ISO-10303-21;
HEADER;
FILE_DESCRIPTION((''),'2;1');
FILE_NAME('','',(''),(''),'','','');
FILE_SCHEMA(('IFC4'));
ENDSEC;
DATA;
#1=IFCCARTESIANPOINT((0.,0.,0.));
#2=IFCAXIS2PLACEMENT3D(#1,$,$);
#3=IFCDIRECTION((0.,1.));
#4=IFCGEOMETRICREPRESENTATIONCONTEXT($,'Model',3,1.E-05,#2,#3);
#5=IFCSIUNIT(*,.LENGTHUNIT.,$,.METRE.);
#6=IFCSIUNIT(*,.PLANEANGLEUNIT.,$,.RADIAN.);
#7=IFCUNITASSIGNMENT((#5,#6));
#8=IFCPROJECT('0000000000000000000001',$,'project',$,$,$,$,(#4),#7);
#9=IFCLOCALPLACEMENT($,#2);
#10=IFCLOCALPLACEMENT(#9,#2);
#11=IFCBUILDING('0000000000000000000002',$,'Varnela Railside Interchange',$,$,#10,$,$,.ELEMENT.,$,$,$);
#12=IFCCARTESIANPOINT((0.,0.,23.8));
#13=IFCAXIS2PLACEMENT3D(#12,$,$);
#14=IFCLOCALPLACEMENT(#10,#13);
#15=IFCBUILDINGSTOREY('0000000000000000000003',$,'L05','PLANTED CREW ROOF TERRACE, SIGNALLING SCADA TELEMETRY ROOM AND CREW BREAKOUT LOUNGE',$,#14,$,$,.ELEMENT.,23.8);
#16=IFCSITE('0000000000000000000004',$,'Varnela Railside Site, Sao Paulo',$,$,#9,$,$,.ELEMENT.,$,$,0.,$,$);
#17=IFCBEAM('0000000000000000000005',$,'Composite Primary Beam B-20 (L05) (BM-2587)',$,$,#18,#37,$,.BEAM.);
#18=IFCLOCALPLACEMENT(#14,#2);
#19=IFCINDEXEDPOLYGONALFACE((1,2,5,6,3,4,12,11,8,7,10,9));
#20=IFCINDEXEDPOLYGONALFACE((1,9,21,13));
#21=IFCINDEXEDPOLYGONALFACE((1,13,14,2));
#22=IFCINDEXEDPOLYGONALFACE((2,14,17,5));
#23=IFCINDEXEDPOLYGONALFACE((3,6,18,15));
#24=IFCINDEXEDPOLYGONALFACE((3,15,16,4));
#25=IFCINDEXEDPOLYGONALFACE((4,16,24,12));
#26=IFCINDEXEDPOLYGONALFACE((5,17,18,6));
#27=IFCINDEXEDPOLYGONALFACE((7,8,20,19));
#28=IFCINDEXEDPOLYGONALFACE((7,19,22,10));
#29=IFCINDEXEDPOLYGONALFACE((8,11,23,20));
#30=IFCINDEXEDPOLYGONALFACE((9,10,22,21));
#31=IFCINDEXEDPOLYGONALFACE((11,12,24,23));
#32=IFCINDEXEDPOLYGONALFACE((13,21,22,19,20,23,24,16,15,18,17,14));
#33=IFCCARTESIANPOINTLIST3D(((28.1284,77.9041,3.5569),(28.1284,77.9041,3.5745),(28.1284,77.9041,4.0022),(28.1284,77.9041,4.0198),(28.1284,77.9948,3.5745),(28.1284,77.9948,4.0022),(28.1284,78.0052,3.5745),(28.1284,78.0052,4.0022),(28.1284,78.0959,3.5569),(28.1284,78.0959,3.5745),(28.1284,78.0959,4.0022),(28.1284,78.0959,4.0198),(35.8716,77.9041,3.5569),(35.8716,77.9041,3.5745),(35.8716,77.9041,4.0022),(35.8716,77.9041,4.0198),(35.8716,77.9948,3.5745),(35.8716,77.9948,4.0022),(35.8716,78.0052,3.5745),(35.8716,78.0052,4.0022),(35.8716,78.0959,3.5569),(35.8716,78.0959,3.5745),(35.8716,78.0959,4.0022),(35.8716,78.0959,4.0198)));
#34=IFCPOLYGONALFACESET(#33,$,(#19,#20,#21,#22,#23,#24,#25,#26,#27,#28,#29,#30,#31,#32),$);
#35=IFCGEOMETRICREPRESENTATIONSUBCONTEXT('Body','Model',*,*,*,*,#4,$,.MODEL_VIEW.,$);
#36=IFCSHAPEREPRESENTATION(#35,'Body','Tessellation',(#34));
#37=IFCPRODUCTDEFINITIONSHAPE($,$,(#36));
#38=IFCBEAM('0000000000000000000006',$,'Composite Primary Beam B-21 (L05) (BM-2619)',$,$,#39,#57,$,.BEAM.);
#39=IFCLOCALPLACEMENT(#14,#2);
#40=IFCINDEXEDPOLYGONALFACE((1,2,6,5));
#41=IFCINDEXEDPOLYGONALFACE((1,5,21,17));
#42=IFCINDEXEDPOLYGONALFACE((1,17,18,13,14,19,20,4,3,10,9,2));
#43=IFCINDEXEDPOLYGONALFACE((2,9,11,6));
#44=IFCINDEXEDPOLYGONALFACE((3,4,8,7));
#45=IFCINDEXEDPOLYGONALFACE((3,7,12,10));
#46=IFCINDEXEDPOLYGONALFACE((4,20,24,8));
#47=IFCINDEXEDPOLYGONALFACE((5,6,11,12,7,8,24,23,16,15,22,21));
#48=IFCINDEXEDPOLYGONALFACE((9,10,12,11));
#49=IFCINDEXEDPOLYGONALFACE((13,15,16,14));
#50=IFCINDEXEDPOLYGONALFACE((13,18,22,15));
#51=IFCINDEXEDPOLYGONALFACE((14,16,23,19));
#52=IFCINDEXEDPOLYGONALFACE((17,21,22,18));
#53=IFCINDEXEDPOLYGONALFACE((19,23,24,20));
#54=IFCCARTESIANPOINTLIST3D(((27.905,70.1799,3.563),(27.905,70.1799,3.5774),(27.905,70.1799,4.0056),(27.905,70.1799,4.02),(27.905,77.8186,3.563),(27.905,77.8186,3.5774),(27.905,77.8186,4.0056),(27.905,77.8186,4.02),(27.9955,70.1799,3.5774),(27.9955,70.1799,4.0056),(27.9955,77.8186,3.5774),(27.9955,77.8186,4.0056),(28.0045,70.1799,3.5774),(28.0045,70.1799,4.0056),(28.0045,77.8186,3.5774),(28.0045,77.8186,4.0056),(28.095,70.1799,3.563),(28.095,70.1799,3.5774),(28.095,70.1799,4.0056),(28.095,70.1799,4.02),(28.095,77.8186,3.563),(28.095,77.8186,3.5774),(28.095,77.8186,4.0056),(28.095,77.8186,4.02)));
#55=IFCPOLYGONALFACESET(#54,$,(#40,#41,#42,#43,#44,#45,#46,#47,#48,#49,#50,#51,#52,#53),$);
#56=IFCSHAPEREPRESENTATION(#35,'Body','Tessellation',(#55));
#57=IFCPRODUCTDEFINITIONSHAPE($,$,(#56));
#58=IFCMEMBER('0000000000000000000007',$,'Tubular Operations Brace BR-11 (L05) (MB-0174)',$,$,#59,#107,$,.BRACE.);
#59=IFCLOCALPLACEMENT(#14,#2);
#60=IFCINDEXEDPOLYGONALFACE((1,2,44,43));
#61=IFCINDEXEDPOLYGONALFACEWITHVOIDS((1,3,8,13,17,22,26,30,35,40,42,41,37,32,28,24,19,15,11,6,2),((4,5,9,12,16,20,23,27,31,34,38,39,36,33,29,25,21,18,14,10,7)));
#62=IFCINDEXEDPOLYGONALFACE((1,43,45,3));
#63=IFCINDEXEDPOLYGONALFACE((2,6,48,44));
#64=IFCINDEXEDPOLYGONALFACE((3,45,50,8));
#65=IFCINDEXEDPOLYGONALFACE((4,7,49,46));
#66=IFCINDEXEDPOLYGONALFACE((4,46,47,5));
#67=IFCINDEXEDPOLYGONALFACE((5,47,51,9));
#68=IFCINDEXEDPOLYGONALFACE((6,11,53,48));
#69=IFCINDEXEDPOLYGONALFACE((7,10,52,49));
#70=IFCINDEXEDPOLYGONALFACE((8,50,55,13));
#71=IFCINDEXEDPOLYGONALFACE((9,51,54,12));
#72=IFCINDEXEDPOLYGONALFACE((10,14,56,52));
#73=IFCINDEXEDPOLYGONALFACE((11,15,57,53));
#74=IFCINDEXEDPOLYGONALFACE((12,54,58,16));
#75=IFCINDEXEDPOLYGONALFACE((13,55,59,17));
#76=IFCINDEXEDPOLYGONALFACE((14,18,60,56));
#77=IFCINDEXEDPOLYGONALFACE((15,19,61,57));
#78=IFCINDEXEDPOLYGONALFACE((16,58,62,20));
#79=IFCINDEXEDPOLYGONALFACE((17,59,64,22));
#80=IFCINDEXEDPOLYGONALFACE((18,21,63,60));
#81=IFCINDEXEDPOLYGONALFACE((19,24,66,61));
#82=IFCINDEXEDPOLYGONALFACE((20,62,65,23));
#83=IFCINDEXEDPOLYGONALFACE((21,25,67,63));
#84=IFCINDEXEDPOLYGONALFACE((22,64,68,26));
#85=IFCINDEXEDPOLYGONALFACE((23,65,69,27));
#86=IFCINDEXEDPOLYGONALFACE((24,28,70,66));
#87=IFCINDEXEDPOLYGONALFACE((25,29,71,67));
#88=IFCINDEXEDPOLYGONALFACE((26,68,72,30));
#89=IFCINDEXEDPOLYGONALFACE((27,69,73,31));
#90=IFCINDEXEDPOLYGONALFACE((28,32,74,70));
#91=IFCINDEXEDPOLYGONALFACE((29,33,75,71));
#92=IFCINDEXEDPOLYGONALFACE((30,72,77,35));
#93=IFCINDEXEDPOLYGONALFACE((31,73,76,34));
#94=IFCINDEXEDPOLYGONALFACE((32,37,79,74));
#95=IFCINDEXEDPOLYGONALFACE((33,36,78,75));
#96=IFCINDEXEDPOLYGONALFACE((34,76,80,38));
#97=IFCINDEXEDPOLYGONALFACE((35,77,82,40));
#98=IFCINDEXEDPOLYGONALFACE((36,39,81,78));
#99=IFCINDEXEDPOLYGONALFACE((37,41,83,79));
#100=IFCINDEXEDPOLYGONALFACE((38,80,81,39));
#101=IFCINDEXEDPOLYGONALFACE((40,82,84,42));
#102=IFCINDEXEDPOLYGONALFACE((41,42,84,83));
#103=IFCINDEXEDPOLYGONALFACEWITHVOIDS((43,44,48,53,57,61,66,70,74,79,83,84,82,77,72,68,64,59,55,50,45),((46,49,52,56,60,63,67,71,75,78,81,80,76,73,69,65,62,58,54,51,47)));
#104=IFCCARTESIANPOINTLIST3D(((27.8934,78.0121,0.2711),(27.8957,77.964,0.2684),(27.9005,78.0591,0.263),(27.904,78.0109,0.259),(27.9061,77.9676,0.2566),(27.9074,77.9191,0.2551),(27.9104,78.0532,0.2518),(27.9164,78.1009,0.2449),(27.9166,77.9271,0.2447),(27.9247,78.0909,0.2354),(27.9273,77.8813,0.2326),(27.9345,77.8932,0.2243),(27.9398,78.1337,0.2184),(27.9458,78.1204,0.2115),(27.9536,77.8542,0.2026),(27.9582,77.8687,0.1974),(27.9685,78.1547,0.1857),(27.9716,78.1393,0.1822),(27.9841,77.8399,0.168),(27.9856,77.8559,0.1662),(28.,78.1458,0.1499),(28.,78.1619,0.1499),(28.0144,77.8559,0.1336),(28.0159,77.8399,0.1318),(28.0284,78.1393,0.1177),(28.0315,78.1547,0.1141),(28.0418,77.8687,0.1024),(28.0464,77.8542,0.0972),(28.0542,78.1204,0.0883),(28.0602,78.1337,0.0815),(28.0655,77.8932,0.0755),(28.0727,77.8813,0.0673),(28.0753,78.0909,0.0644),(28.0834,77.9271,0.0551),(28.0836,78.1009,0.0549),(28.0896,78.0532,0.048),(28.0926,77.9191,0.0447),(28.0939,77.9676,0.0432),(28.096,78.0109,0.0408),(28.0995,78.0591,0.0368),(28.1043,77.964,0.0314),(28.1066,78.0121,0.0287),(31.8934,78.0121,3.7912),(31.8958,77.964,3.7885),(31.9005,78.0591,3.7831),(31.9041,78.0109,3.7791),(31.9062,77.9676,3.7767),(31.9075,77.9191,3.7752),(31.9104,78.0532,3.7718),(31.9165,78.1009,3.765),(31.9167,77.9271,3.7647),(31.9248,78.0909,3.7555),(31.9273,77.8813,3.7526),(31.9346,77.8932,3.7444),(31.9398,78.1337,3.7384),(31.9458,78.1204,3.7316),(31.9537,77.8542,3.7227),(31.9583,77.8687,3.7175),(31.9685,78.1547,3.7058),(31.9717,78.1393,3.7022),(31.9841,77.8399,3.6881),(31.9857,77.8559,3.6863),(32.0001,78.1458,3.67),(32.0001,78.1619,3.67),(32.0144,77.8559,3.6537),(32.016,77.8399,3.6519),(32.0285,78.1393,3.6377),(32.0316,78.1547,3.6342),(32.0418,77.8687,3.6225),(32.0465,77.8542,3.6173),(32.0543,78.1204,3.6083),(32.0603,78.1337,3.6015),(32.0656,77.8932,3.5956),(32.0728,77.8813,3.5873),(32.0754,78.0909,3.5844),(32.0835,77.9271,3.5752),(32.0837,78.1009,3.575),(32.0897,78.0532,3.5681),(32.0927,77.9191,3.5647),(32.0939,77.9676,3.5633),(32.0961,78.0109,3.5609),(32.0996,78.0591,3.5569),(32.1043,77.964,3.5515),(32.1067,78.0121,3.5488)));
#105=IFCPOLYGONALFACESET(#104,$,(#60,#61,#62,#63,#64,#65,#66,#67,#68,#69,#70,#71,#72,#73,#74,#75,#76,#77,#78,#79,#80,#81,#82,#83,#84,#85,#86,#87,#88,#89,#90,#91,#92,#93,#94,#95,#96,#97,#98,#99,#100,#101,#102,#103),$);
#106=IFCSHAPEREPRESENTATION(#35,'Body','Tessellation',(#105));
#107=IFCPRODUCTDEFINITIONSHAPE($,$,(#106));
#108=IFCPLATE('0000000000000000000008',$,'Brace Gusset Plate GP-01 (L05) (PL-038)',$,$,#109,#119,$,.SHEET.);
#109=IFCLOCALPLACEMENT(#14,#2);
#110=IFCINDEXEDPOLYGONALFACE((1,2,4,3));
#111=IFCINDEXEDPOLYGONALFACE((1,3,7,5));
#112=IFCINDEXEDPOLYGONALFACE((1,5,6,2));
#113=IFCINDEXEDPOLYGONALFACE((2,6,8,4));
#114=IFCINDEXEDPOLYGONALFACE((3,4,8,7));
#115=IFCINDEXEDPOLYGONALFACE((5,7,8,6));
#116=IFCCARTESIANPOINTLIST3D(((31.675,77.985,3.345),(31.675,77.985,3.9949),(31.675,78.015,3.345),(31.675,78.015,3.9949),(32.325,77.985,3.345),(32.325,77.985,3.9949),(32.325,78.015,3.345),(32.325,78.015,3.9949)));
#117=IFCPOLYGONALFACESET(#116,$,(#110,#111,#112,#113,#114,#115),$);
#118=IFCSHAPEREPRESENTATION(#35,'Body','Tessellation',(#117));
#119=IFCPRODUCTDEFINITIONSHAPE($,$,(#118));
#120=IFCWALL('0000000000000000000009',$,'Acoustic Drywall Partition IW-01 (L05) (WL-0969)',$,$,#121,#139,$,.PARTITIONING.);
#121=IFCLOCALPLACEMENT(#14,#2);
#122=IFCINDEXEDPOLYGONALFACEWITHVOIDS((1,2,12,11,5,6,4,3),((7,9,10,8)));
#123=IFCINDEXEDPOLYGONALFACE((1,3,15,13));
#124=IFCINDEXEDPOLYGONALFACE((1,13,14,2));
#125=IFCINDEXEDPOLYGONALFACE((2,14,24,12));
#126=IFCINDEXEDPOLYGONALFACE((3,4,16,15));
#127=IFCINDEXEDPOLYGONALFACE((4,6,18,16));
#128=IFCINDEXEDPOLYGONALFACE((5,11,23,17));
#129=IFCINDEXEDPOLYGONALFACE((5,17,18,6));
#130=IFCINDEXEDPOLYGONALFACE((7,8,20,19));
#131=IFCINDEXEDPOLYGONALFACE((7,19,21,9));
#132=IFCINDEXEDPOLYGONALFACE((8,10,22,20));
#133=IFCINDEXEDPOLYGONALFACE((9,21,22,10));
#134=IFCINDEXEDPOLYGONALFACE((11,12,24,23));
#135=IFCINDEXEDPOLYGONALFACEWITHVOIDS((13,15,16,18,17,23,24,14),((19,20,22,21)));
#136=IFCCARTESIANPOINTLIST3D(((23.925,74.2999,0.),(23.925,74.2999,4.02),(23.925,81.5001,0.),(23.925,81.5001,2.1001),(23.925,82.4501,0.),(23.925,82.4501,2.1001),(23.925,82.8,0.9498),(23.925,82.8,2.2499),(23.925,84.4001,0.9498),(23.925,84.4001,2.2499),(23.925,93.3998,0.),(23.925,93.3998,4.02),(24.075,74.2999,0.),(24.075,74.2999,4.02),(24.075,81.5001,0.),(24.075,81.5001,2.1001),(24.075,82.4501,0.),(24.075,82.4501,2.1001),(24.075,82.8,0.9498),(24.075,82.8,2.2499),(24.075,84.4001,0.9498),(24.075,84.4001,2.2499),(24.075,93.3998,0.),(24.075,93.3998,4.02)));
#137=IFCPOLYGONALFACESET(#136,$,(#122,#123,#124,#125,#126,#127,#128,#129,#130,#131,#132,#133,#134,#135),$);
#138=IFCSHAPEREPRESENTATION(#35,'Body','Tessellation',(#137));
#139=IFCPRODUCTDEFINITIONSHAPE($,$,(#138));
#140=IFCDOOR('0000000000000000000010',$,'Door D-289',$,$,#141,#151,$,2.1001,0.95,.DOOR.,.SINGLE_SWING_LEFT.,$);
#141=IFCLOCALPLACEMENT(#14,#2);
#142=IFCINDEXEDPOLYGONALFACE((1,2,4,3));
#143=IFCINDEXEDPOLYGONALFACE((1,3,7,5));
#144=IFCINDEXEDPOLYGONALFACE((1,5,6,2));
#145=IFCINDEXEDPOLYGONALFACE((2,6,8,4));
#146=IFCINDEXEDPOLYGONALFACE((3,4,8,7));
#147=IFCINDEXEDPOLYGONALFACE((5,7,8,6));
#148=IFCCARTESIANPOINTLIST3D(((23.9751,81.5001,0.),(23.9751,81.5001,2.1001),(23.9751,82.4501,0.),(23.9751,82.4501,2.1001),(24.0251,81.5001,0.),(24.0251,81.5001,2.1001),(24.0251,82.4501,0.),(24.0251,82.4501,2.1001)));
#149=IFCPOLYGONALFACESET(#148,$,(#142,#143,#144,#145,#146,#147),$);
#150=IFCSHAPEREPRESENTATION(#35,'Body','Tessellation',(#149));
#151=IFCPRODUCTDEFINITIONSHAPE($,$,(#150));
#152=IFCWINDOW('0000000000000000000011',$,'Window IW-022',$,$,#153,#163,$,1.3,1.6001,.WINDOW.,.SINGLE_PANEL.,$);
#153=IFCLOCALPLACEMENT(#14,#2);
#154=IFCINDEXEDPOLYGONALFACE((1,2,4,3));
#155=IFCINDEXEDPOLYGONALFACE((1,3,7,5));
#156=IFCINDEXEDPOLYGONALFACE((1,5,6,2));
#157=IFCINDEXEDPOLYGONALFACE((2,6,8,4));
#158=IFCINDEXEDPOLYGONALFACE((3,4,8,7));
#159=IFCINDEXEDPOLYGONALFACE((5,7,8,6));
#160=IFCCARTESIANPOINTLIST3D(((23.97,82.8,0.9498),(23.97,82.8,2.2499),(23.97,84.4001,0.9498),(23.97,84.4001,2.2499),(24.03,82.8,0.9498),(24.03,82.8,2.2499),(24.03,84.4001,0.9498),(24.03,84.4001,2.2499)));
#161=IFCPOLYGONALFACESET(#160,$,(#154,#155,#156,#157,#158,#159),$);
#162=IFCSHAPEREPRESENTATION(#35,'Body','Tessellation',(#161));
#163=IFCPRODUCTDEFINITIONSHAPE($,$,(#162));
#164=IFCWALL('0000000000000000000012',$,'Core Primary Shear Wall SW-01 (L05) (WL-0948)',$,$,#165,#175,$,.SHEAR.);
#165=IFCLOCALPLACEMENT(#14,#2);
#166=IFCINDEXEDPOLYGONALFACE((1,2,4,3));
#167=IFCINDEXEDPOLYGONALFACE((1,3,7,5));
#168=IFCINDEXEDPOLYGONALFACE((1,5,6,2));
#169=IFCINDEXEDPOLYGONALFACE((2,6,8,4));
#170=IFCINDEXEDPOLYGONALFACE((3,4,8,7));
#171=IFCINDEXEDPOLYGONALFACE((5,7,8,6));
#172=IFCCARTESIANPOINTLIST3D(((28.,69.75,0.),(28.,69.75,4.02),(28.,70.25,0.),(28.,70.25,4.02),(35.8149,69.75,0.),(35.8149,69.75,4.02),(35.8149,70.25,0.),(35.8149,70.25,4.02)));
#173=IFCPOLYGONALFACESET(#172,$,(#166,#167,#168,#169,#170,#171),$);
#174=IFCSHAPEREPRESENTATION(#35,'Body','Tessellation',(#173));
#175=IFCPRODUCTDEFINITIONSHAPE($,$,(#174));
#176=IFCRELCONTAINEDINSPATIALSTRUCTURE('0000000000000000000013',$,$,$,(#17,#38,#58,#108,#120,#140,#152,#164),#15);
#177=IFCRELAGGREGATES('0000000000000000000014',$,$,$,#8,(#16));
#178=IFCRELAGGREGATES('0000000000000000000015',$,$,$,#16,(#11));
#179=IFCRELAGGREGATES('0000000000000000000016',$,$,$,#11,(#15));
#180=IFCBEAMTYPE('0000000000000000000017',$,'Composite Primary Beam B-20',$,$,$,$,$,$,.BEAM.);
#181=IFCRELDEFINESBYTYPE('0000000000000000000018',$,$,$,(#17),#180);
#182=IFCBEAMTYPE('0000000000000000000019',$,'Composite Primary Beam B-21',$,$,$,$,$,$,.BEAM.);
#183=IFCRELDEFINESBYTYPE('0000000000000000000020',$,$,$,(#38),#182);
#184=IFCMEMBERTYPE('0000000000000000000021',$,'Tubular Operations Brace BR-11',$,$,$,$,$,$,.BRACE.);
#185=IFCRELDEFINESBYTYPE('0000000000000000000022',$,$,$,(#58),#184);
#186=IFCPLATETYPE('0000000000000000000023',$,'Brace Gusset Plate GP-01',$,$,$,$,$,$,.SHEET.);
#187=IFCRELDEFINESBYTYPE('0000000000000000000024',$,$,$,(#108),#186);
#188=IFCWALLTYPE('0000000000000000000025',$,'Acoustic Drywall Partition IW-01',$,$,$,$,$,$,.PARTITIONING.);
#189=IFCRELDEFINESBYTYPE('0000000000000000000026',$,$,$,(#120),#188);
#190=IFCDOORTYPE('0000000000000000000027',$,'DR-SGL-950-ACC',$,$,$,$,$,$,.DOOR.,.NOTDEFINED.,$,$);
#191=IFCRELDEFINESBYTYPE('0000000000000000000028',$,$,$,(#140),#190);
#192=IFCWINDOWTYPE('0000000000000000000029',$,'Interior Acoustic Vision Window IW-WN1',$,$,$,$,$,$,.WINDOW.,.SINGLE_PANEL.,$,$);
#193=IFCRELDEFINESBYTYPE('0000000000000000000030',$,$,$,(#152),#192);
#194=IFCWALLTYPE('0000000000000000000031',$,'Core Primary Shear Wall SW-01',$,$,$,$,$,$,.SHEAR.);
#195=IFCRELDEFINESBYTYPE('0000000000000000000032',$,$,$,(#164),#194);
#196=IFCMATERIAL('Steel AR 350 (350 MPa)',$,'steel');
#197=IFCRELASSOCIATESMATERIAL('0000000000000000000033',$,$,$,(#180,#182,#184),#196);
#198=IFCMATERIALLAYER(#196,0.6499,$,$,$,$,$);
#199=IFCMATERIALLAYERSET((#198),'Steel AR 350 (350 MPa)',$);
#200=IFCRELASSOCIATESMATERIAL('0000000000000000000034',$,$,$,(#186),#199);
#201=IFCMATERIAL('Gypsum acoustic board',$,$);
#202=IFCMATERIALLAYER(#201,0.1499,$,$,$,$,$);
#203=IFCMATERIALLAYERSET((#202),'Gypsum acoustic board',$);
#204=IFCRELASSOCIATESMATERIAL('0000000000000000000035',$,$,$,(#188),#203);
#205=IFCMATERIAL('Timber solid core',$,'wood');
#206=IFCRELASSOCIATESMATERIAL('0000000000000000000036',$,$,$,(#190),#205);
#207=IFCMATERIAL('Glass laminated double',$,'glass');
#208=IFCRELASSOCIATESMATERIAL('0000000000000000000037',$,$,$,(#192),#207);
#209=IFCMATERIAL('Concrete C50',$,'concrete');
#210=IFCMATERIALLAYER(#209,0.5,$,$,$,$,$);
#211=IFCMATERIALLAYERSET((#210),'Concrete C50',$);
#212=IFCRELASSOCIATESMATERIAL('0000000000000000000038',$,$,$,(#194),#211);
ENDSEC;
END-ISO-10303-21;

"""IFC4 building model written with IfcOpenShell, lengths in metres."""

from ifc_helpers import new_model, si_unit, direction, frame, frame_2d, origin, origin_2d, place, context, subcontext, project, spatial, rectangle, hollow_circle, i_section, extrude, material, layer, layer_set, material_profile, profile_set, type_object, element, fill, save


model = new_model("IFC4")

# Units and contexts
model_context = context("Model", 3, precision=1e-05, world=origin(), true_north=direction((0.0, 1.0)))
body_context = subcontext(model_context, "Body", "Model", "MODEL_VIEW")
ifc_project = project(units=[si_unit("LENGTHUNIT", "METRE"), si_unit("PLANEANGLEUNIT", "RADIAN")], contexts=[model_context])

# Site, building, storey
site_placement = place(None, origin())
site = spatial("IfcSite", under=ifc_project, at=site_placement, Name="Varnela Railside Site, Sao Paulo", CompositionType="ELEMENT", RefElevation=0.0)
building_placement = place(site_placement, origin())
building = spatial("IfcBuilding", under=site, at=building_placement, Name="Varnela Railside Interchange", CompositionType="ELEMENT")
storey_placement = place(building_placement, frame((0.0, 0.0, 23.8)))
storey = spatial("IfcBuildingStorey", under=building, at=storey_placement, Name="L05", Description="PLANTED CREW ROOF TERRACE, SIGNALLING SCADA TELEMETRY ROOM AND CREW BREAKOUT LOUNGE", CompositionType="ELEMENT", Elevation=23.8)

# Shared definitions
ifc_material_1 = material(Name="Steel AR 350 (350 MPa)", Category="steel")

# Beams
ifc_material_profile_1 = material_profile(ifc_material_1, i_section(OverallWidth=0.1919, OverallDepth=0.4629, WebThickness=0.0105, FlangeThickness=0.0176, at=origin_2d()), Name="W460x89")
ifc_profile_set_1 = profile_set([ifc_material_profile_1], Name="Steel AR 350 (350 MPa)")
beam_type_1 = type_object("IfcBeamType", Name="Composite Primary Beam B-20", PredefinedType="BEAM", material=ifc_profile_set_1)
beam_1_placement = place(storey_placement, frame((28.1284, 78.0, 3.7883), z_axis=(1.0, 0.0, 0.0), x_axis=(0.0, 1.0, 0.0)))
element("IfcBeam", 1, at=beam_1_placement, inside=storey, type_object=beam_type_1, Name="Composite Primary Beam B-20 (L05) (BM-2587)", PredefinedType="BEAM", context=body_context, shape_type="SweptSolid", body=[
    extrude(i_section(OverallWidth=0.1919, OverallDepth=0.4629, WebThickness=0.0105, FlangeThickness=0.0176, at=origin_2d()), origin(), (0.0, 0.0, 1.0), 7.7432),
])
ifc_material_profile_2 = material_profile(ifc_material_1, i_section(OverallWidth=0.1899, OverallDepth=0.457, WebThickness=0.009, FlangeThickness=0.0144, at=origin_2d()), Name="W460x74")
ifc_profile_set_2 = profile_set([ifc_material_profile_2], Name="Steel AR 350 (350 MPa)")
beam_type_2 = type_object("IfcBeamType", Name="Composite Primary Beam B-21", PredefinedType="BEAM", material=ifc_profile_set_2)
beam_2_placement = place(storey_placement, frame((28.0, 70.1799, 3.7915), z_axis=(0.0, 1.0, 0.0), x_axis=(-1.0, 0.0, 0.0)))
element("IfcBeam", 2, at=beam_2_placement, inside=storey, type_object=beam_type_2, Name="Composite Primary Beam B-21 (L05) (BM-2619)", PredefinedType="BEAM", context=body_context, shape_type="SweptSolid", body=[
    extrude(i_section(OverallWidth=0.1899, OverallDepth=0.457, WebThickness=0.009, FlangeThickness=0.0144, at=origin_2d()), origin(), (0.0, 0.0, 1.0), 7.6387),
])

# Member
ifc_material_profile_3 = material_profile(ifc_material_1, hollow_circle(Radius=0.1619, WallThickness=0.0161, at=origin_2d()), Name="CHS 323.9x16")
ifc_profile_set_3 = profile_set([ifc_material_profile_3], Name="Steel AR 350 (350 MPa)")
member_type = type_object("IfcMemberType", Name="Tubular Operations Brace BR-11", PredefinedType="BRACE", material=ifc_profile_set_3)
member_placement = place(storey_placement, frame((28.0, 78.0, 0.1499), z_axis=(0.750712, 0.0, 0.66063), x_axis=(0.0, 1.0, 0.0)))
element("IfcMember", 3, at=member_placement, inside=storey, type_object=member_type, Name="Tubular Operations Brace BR-11 (L05) (MB-0174)", PredefinedType="BRACE", context=body_context, shape_type="SweptSolid", body=[
    extrude(hollow_circle(Radius=0.1619, WallThickness=0.0161, at=origin_2d()), origin(), (0.0, 0.0, 1.0), 5.3284),
])

# Plate
ifc_layer_1 = layer(ifc_material_1, 0.6499)
ifc_layer_set_1 = layer_set([ifc_layer_1], Name="Steel AR 350 (350 MPa)")
plate_type = type_object("IfcPlateType", Name="Brace Gusset Plate GP-01", PredefinedType="SHEET", material=ifc_layer_set_1)
plate_placement = place(storey_placement, frame((32.0, 78.0, 3.345), z_axis=(0.0, 0.0, 1.0), x_axis=(1.0, 0.0, 0.0)))
element("IfcPlate", 4, at=plate_placement, inside=storey, type_object=plate_type, Name="Brace Gusset Plate GP-01 (L05) (PL-038)", PredefinedType="SHEET", context=body_context, shape_type="SweptSolid", body=[
    extrude(rectangle(XDim=0.6499, YDim=0.03, at=origin_2d()), origin(), (0.0, 0.0, 1.0), 0.6499),
])

# Wall, openings, door, window
ifc_material_2 = material(Name="Gypsum acoustic board")
ifc_layer_2 = layer(ifc_material_2, 0.1499)
ifc_layer_set_2 = layer_set([ifc_layer_2], Name="Gypsum acoustic board")
wall_type_1 = type_object("IfcWallType", Name="Acoustic Drywall Partition IW-01", PredefinedType="PARTITIONING", material=ifc_layer_set_2)
wall_1_placement = place(storey_placement, frame((24.0, 74.3, 0.0), z_axis=(0.0, 0.0, 1.0), x_axis=(0.0, 1.0, 0.0)))
wall_1 = element("IfcWall", 5, at=wall_1_placement, inside=storey, type_object=wall_type_1, Name="Acoustic Drywall Partition IW-01 (L05) (WL-0969)", PredefinedType="PARTITIONING", context=body_context, shape_type="SweptSolid", body=[
    extrude(rectangle(XDim=19.0999, YDim=0.1499, at=frame_2d((9.5498, 0.0))), origin(), (0.0, 0.0, 1.0), 4.02),
])
opening_1_placement = place(wall_1_placement, frame((7.2, 0.0, 0.0)))
opening_1 = element("IfcOpeningElement", 6, at=opening_1_placement, cuts=wall_1, PredefinedType="OPENING", context=body_context, shape_type="SweptSolid", body=[
    extrude(rectangle(XDim=0.95, YDim=2.1001, at=frame_2d((0.4751, 1.05))), frame((0.0, 0.085, 0.0), z_axis=(0.0, -1.0, 0.0), x_axis=(1.0, 0.0, 0.0)), (0.0, 0.0, 1.0), 0.1699),
])
opening_2_placement = place(wall_1_placement, frame((8.5, 0.0, 0.95)))
opening_2 = element("IfcOpeningElement", 7, at=opening_2_placement, cuts=wall_1, PredefinedType="OPENING", context=body_context, shape_type="SweptSolid", body=[
    extrude(rectangle(XDim=1.6001, YDim=1.3, at=frame_2d((0.8, 0.6499))), frame((0.0, 0.085, 0.0), z_axis=(0.0, -1.0, 0.0), x_axis=(1.0, 0.0, 0.0)), (0.0, 0.0, 1.0), 0.1699),
])
ifc_material_3 = material(Name="Timber solid core", Category="wood")
door_type = type_object("IfcDoorType", Name="DR-SGL-950-ACC", OperationType="NOTDEFINED", PredefinedType="DOOR", material=ifc_material_3)
door_placement = place(opening_1_placement, origin())
door = element("IfcDoor", 8, at=door_placement, inside=storey, type_object=door_type, Name="Door D-289", OperationType="SINGLE_SWING_LEFT", OverallHeight=2.1001, OverallWidth=0.95, PredefinedType="DOOR", context=body_context, shape_type="SweptSolid", body=[
    extrude(rectangle(XDim=0.95, YDim=2.1001, at=frame_2d((0.4751, 1.05))), frame((0.0, 0.0249, 0.0), z_axis=(0.0, -1.0, 0.0), x_axis=(1.0, 0.0, 0.0)), (0.0, 0.0, 1.0), 0.05),
])
fill(opening_1, door)
ifc_material_4 = material(Name="Glass laminated double", Category="glass")
window_type = type_object("IfcWindowType", Name="Interior Acoustic Vision Window IW-WN1", PartitioningType="SINGLE_PANEL", PredefinedType="WINDOW", material=ifc_material_4)
window_placement = place(opening_2_placement, origin())
window = element("IfcWindow", 9, at=window_placement, inside=storey, type_object=window_type, Name="Window IW-022", OverallHeight=1.3, OverallWidth=1.6001, PartitioningType="SINGLE_PANEL", PredefinedType="WINDOW", context=body_context, shape_type="SweptSolid", body=[
    extrude(rectangle(XDim=1.6001, YDim=1.3, at=frame_2d((0.8, 0.6499))), frame((0.0, 0.03, 0.0), z_axis=(0.0, -1.0, 0.0), x_axis=(1.0, 0.0, 0.0)), (0.0, 0.0, 1.0), 0.0601),
])
fill(opening_2, window)

# Wall
ifc_material_5 = material(Name="Concrete C50", Category="concrete")
ifc_layer_3 = layer(ifc_material_5, 0.5)
ifc_layer_set_3 = layer_set([ifc_layer_3], Name="Concrete C50")
wall_type_2 = type_object("IfcWallType", Name="Core Primary Shear Wall SW-01", PredefinedType="SHEAR", material=ifc_layer_set_3)
wall_2_placement = place(storey_placement, frame((28.0, 70.0, 0.0), z_axis=(0.0, 0.0, 1.0), x_axis=(1.0, 0.0, 0.0)))
element("IfcWall", 10, at=wall_2_placement, inside=storey, type_object=wall_type_2, Name="Core Primary Shear Wall SW-01 (L05) (WL-0948)", PredefinedType="SHEAR", context=body_context, shape_type="SweptSolid", body=[
    extrude(rectangle(XDim=7.8149, YDim=0.5, at=frame_2d((3.9075, 0.0))), origin(), (0.0, 0.0, 1.0), 4.02),
])

save(model, "model.ifc")
